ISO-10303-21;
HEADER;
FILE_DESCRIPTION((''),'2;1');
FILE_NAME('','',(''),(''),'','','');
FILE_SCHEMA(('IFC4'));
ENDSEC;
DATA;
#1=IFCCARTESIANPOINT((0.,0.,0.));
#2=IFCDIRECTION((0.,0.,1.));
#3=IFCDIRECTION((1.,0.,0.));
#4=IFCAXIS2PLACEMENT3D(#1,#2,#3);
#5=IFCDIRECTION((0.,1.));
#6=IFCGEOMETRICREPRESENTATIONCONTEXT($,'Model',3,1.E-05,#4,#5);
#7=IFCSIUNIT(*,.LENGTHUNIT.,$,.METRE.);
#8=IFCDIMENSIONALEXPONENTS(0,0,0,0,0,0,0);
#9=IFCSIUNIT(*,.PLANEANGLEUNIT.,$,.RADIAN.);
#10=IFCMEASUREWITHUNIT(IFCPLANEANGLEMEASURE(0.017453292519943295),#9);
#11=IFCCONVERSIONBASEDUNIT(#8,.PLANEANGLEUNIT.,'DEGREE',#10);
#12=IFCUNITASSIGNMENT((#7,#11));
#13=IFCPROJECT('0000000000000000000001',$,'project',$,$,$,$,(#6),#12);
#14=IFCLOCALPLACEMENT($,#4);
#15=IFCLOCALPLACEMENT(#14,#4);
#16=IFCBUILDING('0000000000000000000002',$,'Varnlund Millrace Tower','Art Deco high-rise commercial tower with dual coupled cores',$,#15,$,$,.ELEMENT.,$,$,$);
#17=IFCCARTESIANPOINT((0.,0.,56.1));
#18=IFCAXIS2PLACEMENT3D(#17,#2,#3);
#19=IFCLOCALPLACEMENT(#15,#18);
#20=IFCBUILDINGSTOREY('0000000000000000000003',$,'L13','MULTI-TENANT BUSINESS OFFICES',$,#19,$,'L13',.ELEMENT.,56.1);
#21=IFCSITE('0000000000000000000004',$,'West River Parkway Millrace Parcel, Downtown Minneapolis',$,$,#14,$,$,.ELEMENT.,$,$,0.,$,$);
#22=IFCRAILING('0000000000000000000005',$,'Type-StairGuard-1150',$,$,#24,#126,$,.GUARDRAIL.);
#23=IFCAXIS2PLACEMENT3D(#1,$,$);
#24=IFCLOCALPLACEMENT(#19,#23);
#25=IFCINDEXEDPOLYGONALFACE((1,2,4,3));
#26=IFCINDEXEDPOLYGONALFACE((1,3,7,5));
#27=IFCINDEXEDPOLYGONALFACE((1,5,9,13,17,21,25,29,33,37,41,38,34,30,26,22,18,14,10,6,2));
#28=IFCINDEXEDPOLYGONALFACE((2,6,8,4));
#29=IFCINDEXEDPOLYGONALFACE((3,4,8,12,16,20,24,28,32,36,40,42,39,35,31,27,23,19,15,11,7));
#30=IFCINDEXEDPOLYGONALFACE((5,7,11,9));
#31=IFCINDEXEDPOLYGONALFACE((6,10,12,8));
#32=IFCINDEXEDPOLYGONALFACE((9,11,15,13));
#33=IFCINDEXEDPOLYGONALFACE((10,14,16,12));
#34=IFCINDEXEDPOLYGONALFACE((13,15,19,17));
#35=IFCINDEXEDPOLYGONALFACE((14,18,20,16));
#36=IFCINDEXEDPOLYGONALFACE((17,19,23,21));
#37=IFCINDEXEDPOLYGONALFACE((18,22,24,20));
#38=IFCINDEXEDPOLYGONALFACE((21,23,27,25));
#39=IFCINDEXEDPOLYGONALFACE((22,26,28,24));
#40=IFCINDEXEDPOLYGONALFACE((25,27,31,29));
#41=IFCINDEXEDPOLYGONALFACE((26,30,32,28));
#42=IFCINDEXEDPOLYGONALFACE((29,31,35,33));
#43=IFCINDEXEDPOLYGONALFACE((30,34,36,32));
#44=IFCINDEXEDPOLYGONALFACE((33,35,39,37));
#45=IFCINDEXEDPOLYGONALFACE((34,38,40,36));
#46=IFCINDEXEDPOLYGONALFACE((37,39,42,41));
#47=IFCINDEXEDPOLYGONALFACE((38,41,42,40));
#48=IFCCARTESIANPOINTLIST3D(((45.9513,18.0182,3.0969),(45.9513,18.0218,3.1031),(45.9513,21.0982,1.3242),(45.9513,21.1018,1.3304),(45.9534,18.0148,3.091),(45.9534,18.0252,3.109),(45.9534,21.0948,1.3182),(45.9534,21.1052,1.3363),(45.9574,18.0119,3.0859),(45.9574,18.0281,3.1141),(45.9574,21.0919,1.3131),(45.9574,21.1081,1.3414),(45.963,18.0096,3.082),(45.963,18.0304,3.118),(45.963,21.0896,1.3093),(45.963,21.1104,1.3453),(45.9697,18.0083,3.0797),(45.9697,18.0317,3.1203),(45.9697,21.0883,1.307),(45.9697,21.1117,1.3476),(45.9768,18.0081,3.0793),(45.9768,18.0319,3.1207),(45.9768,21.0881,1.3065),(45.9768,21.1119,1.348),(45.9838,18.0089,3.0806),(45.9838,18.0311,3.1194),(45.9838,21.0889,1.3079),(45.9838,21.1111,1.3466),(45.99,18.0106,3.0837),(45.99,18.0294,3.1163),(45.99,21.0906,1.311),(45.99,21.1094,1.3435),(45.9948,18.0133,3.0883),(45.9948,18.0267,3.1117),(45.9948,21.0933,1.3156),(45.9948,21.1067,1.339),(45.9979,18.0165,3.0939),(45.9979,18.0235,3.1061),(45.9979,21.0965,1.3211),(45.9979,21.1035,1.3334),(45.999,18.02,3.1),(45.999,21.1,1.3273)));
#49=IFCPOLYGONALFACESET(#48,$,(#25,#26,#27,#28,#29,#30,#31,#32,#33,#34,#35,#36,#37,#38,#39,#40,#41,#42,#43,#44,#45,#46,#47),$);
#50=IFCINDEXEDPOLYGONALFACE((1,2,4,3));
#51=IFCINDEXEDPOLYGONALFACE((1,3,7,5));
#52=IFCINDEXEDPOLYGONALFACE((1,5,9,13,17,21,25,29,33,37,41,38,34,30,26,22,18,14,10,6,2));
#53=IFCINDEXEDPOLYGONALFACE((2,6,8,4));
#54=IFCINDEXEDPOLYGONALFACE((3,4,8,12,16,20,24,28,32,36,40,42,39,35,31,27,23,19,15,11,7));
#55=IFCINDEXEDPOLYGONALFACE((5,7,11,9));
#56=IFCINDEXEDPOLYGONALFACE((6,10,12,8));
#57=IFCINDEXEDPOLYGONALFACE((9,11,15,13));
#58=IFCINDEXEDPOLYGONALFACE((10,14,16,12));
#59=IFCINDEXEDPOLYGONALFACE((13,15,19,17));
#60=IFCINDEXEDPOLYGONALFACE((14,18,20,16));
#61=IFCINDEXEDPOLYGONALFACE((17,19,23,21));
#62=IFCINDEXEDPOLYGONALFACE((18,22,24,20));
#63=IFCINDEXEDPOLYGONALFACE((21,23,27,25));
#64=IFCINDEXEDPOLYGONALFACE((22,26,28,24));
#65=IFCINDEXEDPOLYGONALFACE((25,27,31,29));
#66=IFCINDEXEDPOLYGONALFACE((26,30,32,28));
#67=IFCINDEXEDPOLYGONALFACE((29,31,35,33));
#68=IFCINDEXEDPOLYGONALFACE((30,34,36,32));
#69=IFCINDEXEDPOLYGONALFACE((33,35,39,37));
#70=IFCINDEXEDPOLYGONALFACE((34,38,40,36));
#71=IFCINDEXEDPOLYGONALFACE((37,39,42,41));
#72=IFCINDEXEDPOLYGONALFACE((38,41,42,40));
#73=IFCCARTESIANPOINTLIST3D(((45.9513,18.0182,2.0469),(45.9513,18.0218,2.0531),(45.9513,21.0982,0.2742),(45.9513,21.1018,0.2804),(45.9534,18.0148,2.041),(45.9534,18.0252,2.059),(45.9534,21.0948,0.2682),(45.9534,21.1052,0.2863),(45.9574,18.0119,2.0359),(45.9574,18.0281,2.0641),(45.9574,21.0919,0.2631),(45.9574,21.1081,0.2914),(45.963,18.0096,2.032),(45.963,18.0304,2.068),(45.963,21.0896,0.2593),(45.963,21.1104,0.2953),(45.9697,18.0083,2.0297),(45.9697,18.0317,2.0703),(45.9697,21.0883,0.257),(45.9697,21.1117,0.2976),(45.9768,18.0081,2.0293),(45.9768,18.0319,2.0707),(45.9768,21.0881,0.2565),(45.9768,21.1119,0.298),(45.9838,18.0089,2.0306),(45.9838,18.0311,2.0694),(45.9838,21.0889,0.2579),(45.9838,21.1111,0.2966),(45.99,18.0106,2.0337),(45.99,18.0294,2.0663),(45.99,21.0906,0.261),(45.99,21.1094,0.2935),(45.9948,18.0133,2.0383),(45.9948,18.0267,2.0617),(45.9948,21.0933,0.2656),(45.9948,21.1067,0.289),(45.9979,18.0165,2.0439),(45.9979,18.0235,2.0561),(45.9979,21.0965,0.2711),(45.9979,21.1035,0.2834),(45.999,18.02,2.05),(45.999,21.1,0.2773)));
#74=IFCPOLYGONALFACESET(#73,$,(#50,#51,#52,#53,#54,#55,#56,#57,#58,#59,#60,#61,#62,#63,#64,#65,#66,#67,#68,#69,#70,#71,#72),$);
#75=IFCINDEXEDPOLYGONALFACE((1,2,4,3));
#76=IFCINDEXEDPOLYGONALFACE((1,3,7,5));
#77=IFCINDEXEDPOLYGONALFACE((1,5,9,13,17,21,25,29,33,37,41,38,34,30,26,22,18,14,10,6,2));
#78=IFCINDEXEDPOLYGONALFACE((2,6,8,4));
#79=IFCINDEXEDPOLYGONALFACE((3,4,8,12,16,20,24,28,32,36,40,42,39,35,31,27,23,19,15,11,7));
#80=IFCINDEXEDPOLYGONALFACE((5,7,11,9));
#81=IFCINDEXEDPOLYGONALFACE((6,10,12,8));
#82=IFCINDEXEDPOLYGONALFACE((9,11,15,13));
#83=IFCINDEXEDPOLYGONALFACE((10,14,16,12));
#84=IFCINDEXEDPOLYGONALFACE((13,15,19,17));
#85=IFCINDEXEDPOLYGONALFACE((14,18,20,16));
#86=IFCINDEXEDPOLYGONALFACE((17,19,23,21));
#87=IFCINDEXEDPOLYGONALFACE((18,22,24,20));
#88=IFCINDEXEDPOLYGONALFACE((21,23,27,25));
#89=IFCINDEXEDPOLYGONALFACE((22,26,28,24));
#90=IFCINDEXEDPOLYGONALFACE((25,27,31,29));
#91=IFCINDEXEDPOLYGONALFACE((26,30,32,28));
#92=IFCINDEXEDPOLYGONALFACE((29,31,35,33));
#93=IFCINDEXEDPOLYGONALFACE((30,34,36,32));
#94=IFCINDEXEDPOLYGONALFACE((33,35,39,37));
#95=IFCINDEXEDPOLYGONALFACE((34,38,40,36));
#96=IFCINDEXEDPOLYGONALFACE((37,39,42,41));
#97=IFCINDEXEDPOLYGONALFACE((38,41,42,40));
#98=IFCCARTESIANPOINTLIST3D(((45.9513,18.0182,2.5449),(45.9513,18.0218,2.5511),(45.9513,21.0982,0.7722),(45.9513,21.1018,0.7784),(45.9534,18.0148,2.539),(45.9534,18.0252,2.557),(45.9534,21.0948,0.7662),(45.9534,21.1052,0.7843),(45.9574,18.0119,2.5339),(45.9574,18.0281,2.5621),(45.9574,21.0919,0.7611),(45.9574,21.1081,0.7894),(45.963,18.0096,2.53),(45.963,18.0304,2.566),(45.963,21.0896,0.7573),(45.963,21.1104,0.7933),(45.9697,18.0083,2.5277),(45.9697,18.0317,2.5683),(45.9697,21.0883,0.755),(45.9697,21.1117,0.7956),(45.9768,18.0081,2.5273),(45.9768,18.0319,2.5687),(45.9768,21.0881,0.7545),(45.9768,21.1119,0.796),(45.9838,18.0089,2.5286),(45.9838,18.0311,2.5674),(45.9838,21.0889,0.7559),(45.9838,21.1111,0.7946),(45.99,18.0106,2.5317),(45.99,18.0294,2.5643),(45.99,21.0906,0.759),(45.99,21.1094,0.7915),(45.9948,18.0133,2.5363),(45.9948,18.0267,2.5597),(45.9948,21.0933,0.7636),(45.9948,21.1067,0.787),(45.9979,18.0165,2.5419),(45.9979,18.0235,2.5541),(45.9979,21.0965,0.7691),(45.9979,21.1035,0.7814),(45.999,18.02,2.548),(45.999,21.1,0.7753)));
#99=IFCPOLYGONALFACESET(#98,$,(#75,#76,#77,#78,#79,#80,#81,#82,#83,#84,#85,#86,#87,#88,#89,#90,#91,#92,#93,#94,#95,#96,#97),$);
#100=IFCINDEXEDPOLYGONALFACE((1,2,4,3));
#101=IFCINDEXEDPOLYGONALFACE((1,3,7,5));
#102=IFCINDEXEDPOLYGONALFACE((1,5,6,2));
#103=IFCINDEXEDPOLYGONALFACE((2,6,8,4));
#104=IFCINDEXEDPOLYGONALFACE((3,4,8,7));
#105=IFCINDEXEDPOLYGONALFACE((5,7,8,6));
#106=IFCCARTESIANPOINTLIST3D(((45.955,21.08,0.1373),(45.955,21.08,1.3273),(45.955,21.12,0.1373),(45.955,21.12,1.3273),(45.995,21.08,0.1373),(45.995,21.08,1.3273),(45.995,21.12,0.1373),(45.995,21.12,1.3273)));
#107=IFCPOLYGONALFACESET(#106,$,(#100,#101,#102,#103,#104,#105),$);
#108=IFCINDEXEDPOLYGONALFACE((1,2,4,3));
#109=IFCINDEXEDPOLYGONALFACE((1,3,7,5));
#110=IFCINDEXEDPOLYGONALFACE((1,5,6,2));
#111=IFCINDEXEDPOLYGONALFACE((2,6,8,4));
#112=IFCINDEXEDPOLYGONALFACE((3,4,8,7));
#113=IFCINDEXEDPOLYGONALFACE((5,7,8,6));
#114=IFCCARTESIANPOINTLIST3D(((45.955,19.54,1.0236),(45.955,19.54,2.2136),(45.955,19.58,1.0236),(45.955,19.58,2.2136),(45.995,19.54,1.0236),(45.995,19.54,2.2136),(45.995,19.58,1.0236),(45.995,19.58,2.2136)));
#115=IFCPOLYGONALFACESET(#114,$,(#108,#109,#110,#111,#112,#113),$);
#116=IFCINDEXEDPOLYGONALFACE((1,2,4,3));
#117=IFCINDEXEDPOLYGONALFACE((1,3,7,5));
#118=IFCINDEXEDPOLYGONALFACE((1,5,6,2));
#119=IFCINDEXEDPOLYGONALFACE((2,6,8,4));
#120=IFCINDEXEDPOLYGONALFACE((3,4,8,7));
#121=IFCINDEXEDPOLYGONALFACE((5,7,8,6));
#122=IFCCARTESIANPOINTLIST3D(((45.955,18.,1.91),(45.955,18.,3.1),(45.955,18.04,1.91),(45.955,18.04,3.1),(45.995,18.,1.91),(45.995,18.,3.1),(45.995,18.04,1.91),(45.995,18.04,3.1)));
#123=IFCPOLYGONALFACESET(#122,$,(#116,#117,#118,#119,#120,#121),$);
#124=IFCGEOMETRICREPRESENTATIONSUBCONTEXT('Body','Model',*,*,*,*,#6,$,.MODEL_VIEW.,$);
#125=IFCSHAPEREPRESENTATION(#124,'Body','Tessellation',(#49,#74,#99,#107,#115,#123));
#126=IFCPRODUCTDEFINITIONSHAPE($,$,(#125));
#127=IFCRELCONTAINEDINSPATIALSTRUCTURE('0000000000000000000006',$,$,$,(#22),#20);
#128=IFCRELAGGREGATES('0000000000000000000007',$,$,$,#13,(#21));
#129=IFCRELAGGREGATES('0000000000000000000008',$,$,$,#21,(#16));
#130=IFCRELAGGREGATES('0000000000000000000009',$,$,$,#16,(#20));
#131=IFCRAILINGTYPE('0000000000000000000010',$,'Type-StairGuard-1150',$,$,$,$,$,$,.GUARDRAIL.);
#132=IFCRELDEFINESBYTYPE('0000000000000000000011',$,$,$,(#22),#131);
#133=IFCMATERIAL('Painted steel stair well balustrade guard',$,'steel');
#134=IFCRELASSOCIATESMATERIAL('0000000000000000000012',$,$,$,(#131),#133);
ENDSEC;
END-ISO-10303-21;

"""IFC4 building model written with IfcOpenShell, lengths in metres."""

from ifc_helpers import new_model, entity, si_unit, converted_unit, direction, frame, origin_with_axes, origin_2d_with_axis, place, context, subcontext, project, spatial, rectangle, circle, extrude, material, type_object, element, save


model = new_model("IFC4")

# Units and contexts
model_context = context("Model", 3, precision=1e-05, world=origin_with_axes(), true_north=direction((0.0, 1.0)))
body_context = subcontext(model_context, "Body", "Model", "MODEL_VIEW")
ifc_project = project(units=[si_unit("LENGTHUNIT", "METRE"), converted_unit("PLANEANGLEUNIT", "DEGREE", entity("IfcPlaneAngleMeasure", 0.017453292519943295), si_unit("PLANEANGLEUNIT", "RADIAN"), dimensions=[0, 0, 0, 0, 0, 0, 0])], contexts=[model_context])

# Site, building, storey
site_placement = place(None, origin_with_axes())
site = spatial("IfcSite", under=ifc_project, at=site_placement, Name="West River Parkway Millrace Parcel, Downtown Minneapolis", CompositionType="ELEMENT", RefElevation=0.0)
building_placement = place(site_placement, origin_with_axes())
building = spatial("IfcBuilding", under=site, at=building_placement, Name="Varnlund Millrace Tower", Description="Art Deco high-rise commercial tower with dual coupled cores", CompositionType="ELEMENT")
storey_placement = place(building_placement, frame((0.0, 0.0, 56.1), z_axis=(0.0, 0.0, 1.0), x_axis=(1.0, 0.0, 0.0)))
storey = spatial("IfcBuildingStorey", under=building, at=storey_placement, Name="L13", Description="MULTI-TENANT BUSINESS OFFICES", LongName="L13", CompositionType="ELEMENT", Elevation=56.1)

# Railing
ifc_material_1 = material(Name="Painted steel stair well balustrade guard", Category="steel")
railing_type_1 = type_object("IfcRailingType", Name="Type-StairGuard-1150", PredefinedType="GUARDRAIL", material=ifc_material_1)
railing_1_placement = place(storey_placement, frame((0.0, 0.0, -56.1), z_axis=(0.0, 0.0, 1.0), x_axis=(1.0, 0.0, 0.0)))
element("IfcRailing", 1, at=railing_1_placement, inside=storey, type_object=railing_type_1, Name="Type-StairGuard-1150", PredefinedType="GUARDRAIL", context=body_context, shape_type="SweptSolid", body=[
    extrude(circle(Radius=0.024, at=origin_2d_with_axis()), frame((45.975, 21.1, 57.4273), z_axis=(0.0, -0.866696, 0.498836), x_axis=(1.0, 0.0, 0.0)), (0.0, 0.0, 1.0), 3.5537),
    extrude(circle(Radius=0.024, at=origin_2d_with_axis()), frame((45.975, 21.1, 56.3773), z_axis=(0.0, -0.866696, 0.498836), x_axis=(1.0, 0.0, 0.0)), (0.0, 0.0, 1.0), 3.5537),
    extrude(circle(Radius=0.024, at=origin_2d_with_axis()), frame((45.975, 21.1, 56.8753), z_axis=(0.0, -0.866696, 0.498836), x_axis=(1.0, 0.0, 0.0)), (0.0, 0.0, 1.0), 3.5537),
    extrude(rectangle(XDim=0.04, YDim=0.04, at=origin_2d_with_axis()), frame((45.975, 21.1, 56.2373), z_axis=(0.0, 0.0, 1.0), x_axis=(1.0, 0.0, 0.0)), (0.0, 0.0, 1.0), 1.19),
    extrude(rectangle(XDim=0.04, YDim=0.04, at=origin_2d_with_axis()), frame((45.975, 19.56, 57.1236), z_axis=(0.0, 0.0, 1.0), x_axis=(1.0, 0.0, 0.0)), (0.0, 0.0, 1.0), 1.19),
    extrude(rectangle(XDim=0.04, YDim=0.04, at=origin_2d_with_axis()), frame((45.975, 18.02, 58.01), z_axis=(0.0, 0.0, 1.0), x_axis=(1.0, 0.0, 0.0)), (0.0, 0.0, 1.0), 1.19),
])

save(model, "model.ifc")
